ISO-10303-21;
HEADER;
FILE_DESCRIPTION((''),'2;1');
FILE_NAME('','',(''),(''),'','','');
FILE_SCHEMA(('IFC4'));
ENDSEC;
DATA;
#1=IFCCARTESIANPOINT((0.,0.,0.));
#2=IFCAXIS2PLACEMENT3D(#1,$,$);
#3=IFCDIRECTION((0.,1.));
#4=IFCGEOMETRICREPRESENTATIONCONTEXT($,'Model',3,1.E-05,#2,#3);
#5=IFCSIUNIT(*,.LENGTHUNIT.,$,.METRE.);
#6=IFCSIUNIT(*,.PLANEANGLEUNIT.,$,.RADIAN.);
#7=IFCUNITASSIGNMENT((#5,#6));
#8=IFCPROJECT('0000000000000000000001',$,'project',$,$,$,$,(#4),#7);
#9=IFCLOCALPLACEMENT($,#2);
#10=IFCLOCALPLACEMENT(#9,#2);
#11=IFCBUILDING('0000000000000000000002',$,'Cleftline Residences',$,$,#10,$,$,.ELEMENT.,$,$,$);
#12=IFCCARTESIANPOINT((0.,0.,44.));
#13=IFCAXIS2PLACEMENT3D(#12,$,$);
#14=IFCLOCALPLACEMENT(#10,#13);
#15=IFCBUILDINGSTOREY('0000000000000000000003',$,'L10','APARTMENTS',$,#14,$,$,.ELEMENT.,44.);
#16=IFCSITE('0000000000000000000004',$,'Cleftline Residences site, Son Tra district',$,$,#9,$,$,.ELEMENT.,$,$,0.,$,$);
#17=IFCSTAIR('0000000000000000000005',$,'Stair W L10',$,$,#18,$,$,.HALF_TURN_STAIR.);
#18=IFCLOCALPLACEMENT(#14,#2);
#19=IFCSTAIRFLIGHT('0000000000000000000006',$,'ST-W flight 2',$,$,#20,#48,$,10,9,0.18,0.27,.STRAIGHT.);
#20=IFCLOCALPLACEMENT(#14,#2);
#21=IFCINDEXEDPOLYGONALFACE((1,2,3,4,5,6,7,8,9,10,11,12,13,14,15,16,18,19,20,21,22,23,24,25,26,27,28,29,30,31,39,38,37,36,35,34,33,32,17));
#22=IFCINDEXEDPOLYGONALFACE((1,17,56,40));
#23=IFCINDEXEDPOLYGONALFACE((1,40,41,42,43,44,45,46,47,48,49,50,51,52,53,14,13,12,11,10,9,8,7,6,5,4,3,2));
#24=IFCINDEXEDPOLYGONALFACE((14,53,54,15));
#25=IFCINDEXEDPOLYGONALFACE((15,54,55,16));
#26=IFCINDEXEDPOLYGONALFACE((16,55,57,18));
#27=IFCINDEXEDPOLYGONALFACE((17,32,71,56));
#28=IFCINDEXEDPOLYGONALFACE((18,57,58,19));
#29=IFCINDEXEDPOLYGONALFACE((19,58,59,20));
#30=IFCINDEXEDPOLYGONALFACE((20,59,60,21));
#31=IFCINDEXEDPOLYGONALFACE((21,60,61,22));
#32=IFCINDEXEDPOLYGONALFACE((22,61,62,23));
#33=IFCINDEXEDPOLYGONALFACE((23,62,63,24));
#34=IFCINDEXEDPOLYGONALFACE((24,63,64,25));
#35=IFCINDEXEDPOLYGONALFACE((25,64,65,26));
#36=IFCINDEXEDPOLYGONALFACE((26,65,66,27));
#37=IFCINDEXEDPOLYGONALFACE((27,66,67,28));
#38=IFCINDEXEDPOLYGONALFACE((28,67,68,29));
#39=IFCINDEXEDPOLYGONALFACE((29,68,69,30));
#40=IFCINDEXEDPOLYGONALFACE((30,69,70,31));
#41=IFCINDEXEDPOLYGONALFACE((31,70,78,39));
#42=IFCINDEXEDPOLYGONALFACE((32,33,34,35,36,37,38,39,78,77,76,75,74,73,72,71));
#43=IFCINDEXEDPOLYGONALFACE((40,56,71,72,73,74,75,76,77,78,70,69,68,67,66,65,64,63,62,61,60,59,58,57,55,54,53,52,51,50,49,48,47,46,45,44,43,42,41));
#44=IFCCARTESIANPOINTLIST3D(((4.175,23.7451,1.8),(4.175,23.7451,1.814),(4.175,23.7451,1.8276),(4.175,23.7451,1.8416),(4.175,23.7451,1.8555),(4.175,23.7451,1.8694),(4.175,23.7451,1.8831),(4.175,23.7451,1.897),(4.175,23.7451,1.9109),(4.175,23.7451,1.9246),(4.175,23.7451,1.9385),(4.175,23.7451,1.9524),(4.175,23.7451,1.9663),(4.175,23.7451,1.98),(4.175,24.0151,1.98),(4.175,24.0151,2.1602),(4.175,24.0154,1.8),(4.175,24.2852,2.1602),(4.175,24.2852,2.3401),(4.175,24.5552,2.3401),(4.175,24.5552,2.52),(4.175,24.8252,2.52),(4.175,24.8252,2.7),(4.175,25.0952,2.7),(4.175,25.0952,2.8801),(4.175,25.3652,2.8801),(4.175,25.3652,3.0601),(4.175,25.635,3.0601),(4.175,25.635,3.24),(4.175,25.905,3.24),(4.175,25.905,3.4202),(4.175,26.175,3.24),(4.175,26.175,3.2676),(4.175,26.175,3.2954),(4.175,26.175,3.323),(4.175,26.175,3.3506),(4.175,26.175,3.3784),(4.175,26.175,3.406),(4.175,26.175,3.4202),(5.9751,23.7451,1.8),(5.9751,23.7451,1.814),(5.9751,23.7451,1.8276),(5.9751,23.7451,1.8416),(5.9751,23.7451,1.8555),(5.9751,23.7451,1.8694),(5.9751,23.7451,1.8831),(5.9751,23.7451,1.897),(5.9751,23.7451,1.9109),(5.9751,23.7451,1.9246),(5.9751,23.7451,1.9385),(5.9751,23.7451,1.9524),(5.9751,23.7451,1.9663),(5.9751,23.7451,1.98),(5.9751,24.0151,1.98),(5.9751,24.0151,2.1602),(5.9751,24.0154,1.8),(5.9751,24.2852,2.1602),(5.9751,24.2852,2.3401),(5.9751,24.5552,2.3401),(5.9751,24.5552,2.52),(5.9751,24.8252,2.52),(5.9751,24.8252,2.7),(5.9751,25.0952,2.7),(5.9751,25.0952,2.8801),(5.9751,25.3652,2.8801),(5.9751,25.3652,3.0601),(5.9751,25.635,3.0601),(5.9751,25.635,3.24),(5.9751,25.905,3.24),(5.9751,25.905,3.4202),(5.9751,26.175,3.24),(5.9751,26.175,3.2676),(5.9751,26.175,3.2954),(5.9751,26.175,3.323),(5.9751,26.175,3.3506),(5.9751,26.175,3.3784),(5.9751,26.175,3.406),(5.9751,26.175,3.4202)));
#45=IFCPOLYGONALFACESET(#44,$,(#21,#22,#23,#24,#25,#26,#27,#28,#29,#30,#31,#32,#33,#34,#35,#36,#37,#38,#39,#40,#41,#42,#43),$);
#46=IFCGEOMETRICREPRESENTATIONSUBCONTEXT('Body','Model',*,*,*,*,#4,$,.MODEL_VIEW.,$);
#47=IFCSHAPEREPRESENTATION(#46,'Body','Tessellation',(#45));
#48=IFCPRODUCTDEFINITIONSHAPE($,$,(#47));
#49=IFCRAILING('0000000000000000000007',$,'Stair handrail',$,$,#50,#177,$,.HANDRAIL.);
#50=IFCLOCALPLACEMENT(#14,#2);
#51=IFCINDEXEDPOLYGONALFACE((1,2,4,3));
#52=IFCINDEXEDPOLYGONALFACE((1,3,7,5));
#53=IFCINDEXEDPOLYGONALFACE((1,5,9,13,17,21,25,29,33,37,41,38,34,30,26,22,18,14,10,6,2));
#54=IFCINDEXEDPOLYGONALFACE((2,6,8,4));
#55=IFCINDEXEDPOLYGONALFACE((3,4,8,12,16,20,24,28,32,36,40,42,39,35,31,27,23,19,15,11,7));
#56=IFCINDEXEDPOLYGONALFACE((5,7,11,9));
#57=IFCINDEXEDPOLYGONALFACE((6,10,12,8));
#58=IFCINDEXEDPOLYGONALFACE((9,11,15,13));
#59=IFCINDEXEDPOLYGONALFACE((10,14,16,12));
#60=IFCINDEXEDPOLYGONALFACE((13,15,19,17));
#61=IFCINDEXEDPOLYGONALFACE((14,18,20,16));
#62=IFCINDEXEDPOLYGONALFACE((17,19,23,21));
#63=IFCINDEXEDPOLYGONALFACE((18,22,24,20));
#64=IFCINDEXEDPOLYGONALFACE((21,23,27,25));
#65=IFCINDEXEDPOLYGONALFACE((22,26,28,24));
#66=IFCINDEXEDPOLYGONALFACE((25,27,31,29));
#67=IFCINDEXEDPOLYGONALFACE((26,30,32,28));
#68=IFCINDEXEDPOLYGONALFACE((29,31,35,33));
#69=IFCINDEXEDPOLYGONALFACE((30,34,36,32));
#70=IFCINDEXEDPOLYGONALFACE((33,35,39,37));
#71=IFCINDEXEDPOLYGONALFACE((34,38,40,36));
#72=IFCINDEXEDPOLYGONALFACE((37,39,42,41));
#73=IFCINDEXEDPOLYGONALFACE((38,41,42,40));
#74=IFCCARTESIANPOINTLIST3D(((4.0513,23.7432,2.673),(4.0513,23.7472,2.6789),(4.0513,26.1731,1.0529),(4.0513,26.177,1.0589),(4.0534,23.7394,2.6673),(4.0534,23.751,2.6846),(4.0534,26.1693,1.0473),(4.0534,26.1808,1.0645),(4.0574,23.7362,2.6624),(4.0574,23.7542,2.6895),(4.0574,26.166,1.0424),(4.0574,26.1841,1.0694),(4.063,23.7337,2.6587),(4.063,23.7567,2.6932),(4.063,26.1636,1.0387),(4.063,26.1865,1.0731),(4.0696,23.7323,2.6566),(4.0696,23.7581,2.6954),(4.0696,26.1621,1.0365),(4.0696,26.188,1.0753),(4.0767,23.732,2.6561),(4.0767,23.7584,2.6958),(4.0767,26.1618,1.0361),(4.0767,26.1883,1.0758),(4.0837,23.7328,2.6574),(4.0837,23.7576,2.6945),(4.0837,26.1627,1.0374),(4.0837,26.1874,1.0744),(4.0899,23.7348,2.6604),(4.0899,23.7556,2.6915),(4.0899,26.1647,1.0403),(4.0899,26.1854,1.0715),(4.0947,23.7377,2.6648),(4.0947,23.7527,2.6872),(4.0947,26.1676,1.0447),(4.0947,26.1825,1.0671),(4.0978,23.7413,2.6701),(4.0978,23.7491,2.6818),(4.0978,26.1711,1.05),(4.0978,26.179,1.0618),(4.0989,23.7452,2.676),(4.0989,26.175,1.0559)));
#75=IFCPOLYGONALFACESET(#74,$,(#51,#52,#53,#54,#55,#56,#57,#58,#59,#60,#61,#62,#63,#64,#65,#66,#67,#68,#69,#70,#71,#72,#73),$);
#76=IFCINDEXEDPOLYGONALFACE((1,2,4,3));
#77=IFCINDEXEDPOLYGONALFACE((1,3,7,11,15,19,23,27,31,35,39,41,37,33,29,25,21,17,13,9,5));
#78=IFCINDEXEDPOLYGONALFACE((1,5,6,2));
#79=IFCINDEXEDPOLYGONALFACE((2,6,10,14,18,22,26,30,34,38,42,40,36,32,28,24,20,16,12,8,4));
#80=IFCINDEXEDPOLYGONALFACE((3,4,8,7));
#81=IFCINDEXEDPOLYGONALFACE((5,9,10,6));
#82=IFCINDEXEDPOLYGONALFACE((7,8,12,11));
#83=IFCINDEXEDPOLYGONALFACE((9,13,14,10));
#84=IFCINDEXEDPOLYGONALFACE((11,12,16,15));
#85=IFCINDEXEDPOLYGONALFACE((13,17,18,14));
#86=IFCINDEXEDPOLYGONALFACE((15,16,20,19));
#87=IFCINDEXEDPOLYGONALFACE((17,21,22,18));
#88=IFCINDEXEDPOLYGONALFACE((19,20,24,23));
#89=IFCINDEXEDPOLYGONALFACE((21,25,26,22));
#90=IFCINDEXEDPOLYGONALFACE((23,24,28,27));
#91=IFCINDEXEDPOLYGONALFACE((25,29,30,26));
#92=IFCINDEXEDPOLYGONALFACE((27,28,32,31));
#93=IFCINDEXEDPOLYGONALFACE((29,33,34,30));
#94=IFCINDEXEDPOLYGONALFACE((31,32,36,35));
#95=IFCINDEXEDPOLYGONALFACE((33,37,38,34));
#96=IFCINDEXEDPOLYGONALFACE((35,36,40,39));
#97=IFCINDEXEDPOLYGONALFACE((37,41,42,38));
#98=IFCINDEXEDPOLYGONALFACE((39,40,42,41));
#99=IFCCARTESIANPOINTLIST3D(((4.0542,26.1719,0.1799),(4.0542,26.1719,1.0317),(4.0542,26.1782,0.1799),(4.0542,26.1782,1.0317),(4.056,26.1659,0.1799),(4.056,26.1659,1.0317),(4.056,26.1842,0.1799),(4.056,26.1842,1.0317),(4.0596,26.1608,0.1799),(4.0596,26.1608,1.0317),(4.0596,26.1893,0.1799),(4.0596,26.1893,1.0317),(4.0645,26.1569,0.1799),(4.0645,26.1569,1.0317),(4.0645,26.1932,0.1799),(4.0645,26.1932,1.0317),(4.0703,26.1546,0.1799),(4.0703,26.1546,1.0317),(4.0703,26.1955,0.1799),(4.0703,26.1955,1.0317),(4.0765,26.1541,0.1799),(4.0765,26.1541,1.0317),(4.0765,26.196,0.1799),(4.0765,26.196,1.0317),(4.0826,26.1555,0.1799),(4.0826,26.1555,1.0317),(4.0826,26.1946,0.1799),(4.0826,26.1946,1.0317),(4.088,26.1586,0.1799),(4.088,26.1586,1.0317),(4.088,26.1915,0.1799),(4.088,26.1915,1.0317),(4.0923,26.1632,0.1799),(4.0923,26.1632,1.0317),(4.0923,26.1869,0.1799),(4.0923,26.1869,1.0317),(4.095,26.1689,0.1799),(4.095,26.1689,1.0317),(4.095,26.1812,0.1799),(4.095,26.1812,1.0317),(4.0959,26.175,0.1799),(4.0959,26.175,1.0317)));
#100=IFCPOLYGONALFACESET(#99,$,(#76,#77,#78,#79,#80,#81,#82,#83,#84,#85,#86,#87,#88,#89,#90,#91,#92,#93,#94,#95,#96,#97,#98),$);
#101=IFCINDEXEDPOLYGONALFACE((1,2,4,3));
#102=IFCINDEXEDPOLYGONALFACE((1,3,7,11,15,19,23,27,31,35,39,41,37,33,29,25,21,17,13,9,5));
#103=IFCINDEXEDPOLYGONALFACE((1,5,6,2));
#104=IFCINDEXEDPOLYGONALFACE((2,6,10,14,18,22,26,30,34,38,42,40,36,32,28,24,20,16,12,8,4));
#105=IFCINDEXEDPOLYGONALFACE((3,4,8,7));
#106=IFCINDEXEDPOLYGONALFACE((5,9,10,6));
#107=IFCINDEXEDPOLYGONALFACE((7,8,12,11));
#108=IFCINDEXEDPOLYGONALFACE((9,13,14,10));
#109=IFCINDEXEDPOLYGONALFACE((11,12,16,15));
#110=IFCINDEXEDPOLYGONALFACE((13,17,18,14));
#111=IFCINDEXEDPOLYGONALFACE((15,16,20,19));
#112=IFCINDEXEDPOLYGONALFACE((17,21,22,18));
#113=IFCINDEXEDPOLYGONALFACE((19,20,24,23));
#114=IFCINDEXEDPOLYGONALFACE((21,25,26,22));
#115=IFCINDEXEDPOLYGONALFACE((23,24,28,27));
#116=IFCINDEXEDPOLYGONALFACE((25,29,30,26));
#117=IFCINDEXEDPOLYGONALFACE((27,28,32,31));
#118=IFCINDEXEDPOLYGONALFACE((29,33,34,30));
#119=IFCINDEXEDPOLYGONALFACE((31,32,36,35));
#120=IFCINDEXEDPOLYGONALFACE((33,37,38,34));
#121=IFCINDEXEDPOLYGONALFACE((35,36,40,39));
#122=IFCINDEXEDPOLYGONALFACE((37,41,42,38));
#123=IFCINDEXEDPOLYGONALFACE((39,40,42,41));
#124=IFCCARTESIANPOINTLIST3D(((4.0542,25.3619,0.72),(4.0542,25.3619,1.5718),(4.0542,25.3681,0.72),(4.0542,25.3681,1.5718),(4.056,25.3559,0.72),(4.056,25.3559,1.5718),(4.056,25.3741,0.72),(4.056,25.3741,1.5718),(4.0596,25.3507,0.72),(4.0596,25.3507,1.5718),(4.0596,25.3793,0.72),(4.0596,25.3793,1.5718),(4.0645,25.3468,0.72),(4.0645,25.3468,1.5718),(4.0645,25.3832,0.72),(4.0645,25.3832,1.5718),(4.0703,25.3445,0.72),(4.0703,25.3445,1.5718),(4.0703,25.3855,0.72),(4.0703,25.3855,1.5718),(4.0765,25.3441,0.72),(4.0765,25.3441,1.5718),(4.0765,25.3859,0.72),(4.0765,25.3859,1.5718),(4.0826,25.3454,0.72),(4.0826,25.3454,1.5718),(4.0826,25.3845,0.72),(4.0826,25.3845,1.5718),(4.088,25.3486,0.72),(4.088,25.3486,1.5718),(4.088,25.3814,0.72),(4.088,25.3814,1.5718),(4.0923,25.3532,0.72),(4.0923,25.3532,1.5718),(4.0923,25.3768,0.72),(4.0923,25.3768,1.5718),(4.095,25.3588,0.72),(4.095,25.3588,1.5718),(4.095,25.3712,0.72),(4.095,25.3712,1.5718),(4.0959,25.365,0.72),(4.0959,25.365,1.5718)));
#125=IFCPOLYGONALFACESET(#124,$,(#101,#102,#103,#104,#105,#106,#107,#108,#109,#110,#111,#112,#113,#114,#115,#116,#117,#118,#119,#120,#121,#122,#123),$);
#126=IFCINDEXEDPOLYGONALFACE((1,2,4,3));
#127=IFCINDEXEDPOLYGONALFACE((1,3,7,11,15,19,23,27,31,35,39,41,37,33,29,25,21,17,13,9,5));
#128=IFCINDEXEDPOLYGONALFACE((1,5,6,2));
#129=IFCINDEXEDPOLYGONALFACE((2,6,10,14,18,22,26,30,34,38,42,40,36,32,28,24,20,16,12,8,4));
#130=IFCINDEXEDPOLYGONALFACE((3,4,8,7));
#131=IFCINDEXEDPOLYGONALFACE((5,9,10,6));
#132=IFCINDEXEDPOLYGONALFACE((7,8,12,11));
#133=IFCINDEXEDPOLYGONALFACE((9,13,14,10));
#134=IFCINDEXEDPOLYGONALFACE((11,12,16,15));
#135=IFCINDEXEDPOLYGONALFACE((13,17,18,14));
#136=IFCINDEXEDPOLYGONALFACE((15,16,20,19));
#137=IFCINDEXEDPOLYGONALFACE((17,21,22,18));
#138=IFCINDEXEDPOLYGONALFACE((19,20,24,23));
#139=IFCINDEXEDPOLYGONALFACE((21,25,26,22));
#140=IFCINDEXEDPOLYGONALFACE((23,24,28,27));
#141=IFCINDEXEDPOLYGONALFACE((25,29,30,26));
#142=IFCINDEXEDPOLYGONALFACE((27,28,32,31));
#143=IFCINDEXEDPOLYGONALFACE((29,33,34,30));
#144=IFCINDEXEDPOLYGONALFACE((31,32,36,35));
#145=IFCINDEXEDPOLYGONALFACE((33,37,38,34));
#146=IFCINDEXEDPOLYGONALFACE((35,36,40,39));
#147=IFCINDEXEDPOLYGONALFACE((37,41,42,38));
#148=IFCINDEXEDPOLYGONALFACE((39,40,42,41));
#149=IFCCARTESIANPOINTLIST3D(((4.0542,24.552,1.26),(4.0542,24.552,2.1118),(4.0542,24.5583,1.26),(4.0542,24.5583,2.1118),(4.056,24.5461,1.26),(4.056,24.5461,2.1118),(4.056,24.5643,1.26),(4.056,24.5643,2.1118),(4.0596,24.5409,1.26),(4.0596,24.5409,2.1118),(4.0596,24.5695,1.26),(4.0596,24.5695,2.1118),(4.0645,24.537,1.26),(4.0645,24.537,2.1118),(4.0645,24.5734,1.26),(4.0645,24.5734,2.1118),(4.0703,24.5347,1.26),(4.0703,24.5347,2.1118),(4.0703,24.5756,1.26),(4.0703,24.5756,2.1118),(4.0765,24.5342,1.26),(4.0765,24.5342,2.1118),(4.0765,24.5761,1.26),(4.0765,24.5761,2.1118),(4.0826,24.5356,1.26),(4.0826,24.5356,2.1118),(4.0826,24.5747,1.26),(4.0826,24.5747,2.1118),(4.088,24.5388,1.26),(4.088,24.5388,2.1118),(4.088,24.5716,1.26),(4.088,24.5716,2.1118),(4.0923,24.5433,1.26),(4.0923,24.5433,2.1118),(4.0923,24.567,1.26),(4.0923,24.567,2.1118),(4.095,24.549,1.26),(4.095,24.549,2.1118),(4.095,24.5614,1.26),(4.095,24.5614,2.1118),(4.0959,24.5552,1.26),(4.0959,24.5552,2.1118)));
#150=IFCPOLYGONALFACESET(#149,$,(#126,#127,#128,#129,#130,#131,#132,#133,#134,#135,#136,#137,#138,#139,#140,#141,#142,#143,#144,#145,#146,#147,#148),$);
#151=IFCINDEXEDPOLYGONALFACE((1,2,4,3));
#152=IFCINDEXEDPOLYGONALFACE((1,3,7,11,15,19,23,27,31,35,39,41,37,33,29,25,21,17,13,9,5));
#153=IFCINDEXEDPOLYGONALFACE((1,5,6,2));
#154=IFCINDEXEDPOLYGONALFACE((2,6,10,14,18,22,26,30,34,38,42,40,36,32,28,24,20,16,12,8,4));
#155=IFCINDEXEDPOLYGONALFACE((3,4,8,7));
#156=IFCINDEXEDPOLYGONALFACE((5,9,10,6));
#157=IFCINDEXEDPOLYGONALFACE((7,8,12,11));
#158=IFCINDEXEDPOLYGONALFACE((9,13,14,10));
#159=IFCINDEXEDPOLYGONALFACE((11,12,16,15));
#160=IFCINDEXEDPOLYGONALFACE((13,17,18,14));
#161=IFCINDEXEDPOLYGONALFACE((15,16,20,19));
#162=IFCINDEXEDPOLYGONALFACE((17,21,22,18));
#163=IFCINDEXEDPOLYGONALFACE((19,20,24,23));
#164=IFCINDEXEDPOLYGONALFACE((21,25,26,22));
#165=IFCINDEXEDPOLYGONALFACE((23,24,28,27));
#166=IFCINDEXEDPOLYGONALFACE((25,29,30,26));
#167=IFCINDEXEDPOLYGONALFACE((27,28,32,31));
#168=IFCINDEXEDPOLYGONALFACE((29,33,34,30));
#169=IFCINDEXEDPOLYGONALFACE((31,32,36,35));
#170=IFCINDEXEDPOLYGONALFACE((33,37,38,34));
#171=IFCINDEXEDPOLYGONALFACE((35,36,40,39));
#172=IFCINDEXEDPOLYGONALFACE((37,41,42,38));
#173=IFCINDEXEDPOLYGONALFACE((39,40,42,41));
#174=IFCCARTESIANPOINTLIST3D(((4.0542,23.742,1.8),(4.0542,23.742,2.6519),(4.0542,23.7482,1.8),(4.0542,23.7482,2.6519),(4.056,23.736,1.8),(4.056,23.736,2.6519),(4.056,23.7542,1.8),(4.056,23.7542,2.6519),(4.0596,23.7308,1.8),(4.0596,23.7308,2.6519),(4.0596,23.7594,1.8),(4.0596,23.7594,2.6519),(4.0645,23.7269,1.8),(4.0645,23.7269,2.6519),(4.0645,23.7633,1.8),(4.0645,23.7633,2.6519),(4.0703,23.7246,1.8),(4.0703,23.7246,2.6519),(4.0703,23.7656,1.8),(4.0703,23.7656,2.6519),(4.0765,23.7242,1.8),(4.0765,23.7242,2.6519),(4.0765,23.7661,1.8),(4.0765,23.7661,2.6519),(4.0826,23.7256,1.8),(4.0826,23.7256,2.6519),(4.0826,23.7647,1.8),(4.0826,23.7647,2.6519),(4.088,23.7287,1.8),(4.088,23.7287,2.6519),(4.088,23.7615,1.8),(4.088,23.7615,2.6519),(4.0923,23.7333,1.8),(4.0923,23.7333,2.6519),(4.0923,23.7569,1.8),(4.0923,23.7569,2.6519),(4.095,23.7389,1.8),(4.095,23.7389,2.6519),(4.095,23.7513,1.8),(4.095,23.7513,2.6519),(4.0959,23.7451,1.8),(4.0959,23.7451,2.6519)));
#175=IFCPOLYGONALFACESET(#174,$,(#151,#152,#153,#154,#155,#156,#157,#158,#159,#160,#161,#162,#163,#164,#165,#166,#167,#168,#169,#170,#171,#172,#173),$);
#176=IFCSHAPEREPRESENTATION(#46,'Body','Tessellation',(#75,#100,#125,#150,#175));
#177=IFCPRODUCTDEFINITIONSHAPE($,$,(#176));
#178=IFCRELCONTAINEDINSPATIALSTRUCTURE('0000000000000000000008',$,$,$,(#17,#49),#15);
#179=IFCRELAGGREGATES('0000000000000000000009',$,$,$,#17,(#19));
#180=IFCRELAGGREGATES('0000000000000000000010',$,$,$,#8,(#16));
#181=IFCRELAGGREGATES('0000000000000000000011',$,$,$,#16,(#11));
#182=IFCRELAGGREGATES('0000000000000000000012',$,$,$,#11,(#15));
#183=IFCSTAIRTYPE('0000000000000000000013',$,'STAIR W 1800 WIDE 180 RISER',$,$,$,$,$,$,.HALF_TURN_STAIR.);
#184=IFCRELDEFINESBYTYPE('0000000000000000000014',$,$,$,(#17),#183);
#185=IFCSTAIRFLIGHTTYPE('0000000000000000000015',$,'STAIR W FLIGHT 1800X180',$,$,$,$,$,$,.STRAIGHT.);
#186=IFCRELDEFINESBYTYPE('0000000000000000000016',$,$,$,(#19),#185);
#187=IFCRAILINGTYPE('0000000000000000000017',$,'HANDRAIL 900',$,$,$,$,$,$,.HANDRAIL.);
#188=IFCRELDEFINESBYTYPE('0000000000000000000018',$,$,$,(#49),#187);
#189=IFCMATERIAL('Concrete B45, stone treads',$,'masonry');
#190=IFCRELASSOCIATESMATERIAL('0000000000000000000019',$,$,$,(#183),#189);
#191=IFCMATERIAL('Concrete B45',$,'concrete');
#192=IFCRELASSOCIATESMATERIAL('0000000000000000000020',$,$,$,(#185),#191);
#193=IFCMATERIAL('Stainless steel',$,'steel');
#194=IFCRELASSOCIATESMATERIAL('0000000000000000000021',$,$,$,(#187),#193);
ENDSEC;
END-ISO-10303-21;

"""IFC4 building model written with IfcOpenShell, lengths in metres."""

from ifc_helpers import new_model, si_unit, direction, frame, origin, origin_2d, place, context, subcontext, project, spatial, polyline, circle, outline, extrude, material, type_object, element, aggregate, save


model = new_model("IFC4")

# Units and contexts
model_context = context("Model", 3, precision=1e-05, world=origin(), true_north=direction((0.0, 1.0)))
body_context = subcontext(model_context, "Body", "Model", "MODEL_VIEW")
ifc_project = project(units=[si_unit("LENGTHUNIT", "METRE"), si_unit("PLANEANGLEUNIT", "RADIAN")], contexts=[model_context])

# Site, building, storey
site_placement = place(None, origin())
site = spatial("IfcSite", under=ifc_project, at=site_placement, Name="Cleftline Residences site, Son Tra district", CompositionType="ELEMENT", RefElevation=0.0)
building_placement = place(site_placement, origin())
building = spatial("IfcBuilding", under=site, at=building_placement, Name="Cleftline Residences", CompositionType="ELEMENT")
storey_placement = place(building_placement, frame((0.0, 0.0, 44.0)))
storey = spatial("IfcBuildingStorey", under=building, at=storey_placement, Name="L10", Description="APARTMENTS", CompositionType="ELEMENT", Elevation=44.0)

# Stair, stair flight
ifc_material_1 = material(Name="Concrete B45, stone treads", Category="masonry")
stair_type = type_object("IfcStairType", Name="STAIR W 1800 WIDE 180 RISER", PredefinedType="HALF_TURN_STAIR", material=ifc_material_1)
stair_placement = place(storey_placement, origin())
stair = element("IfcStair", 1, at=stair_placement, inside=storey, type_object=stair_type, Name="Stair W L10", PredefinedType="HALF_TURN_STAIR")
ifc_material_2 = material(Name="Concrete B45", Category="concrete")
stair_flight_type = type_object("IfcStairFlightType", Name="STAIR W FLIGHT 1800X180", PredefinedType="STRAIGHT", material=ifc_material_2)
stair_flight_1_placement = place(storey_placement, frame((5.075, 23.7451, 1.8), z_axis=(0.0, 0.0, 1.0), x_axis=(0.0, 1.0, 0.0)))
stair_flight_1 = element("IfcStairFlight", 2, at=stair_flight_1_placement, type_object=stair_flight_type, Name="ST-W flight 2", NumberOfRisers=10, NumberOfTreads=9, PredefinedType="STRAIGHT", RiserHeight=0.18, TreadLength=0.27, context=body_context, shape_type="SweptSolid", body=[
    extrude(outline(polyline([(0.0, 0.0), (0.0, 0.0139), (0.0, 0.0276), (0.0, 0.0415), (0.0, 0.0554), (0.0, 0.0693), (0.0, 0.083), (0.0, 0.0969), (0.0, 0.1108), (0.0, 0.1245), (0.0, 0.1384), (0.0, 0.1523), (0.0, 0.1663), (0.0, 0.1799), (0.27, 0.1799), (0.27, 0.3601), (0.54, 0.3601), (0.54, 0.54), (0.8101, 0.54), (0.8101, 0.72), (1.0801, 0.72), (1.0801, 0.8999), (1.3501, 0.8999), (1.3501, 1.0801), (1.6201, 1.0801), (1.6201, 1.26), (1.8899, 1.26), (1.8899, 1.4399), (2.1599, 1.4399), (2.1599, 1.6201), (2.4299, 1.6201), (2.4299, 1.8), (2.4299, 1.7722), (2.4299, 1.7446), (2.4299, 1.7168), (2.4299, 1.6892), (2.4299, 1.6614), (2.4299, 1.6338), (2.4299, 1.606), (2.4299, 1.5784), (2.4299, 1.5505), (2.4299, 1.5229), (2.4299, 1.4954), (2.4299, 1.4675), (2.4299, 1.4399), (0.2703, 0.0), (0.0, 0.0)])), frame((0.0, 0.8999, 0.0), z_axis=(0.0, -1.0, 0.0), x_axis=(1.0, 0.0, 0.0)), (0.0, 0.0, 1.0), 1.8),
])
aggregate(stair, [stair_flight_1])

# Railing
ifc_material_3 = material(Name="Stainless steel", Category="steel")
railing_type = type_object("IfcRailingType", Name="HANDRAIL 900", PredefinedType="HANDRAIL", material=ifc_material_3)
railing_1_placement = place(storey_placement, frame((4.075, 26.175, 0.1799)))
element("IfcRailing", 3, at=railing_1_placement, inside=storey, type_object=railing_type, Name="Stair handrail", PredefinedType="HANDRAIL", context=body_context, shape_type="SweptSolid", body=[
    extrude(circle(Radius=0.0239, at=origin_2d()), frame((0.0, 0.0, 0.876), z_axis=(0.0, -0.832025, 0.554739), x_axis=(1.0, 0.0, 0.0)), (0.0, 0.0, 1.0), 2.9204),
    extrude(circle(Radius=0.021, at=origin_2d()), origin(), (0.0, 0.0, 1.0), 0.8518),
    extrude(circle(Radius=0.021, at=origin_2d()), frame((0.0, -0.8101, 0.54)), (0.0, 0.0, 1.0), 0.8518),
    extrude(circle(Radius=0.021, at=origin_2d()), frame((0.0, -1.6199, 1.0801)), (0.0, 0.0, 1.0), 0.8518),
    extrude(circle(Radius=0.021, at=origin_2d()), frame((0.0, -2.4299, 1.6201)), (0.0, 0.0, 1.0), 0.8518),
])

save(model, "model.ifc")
